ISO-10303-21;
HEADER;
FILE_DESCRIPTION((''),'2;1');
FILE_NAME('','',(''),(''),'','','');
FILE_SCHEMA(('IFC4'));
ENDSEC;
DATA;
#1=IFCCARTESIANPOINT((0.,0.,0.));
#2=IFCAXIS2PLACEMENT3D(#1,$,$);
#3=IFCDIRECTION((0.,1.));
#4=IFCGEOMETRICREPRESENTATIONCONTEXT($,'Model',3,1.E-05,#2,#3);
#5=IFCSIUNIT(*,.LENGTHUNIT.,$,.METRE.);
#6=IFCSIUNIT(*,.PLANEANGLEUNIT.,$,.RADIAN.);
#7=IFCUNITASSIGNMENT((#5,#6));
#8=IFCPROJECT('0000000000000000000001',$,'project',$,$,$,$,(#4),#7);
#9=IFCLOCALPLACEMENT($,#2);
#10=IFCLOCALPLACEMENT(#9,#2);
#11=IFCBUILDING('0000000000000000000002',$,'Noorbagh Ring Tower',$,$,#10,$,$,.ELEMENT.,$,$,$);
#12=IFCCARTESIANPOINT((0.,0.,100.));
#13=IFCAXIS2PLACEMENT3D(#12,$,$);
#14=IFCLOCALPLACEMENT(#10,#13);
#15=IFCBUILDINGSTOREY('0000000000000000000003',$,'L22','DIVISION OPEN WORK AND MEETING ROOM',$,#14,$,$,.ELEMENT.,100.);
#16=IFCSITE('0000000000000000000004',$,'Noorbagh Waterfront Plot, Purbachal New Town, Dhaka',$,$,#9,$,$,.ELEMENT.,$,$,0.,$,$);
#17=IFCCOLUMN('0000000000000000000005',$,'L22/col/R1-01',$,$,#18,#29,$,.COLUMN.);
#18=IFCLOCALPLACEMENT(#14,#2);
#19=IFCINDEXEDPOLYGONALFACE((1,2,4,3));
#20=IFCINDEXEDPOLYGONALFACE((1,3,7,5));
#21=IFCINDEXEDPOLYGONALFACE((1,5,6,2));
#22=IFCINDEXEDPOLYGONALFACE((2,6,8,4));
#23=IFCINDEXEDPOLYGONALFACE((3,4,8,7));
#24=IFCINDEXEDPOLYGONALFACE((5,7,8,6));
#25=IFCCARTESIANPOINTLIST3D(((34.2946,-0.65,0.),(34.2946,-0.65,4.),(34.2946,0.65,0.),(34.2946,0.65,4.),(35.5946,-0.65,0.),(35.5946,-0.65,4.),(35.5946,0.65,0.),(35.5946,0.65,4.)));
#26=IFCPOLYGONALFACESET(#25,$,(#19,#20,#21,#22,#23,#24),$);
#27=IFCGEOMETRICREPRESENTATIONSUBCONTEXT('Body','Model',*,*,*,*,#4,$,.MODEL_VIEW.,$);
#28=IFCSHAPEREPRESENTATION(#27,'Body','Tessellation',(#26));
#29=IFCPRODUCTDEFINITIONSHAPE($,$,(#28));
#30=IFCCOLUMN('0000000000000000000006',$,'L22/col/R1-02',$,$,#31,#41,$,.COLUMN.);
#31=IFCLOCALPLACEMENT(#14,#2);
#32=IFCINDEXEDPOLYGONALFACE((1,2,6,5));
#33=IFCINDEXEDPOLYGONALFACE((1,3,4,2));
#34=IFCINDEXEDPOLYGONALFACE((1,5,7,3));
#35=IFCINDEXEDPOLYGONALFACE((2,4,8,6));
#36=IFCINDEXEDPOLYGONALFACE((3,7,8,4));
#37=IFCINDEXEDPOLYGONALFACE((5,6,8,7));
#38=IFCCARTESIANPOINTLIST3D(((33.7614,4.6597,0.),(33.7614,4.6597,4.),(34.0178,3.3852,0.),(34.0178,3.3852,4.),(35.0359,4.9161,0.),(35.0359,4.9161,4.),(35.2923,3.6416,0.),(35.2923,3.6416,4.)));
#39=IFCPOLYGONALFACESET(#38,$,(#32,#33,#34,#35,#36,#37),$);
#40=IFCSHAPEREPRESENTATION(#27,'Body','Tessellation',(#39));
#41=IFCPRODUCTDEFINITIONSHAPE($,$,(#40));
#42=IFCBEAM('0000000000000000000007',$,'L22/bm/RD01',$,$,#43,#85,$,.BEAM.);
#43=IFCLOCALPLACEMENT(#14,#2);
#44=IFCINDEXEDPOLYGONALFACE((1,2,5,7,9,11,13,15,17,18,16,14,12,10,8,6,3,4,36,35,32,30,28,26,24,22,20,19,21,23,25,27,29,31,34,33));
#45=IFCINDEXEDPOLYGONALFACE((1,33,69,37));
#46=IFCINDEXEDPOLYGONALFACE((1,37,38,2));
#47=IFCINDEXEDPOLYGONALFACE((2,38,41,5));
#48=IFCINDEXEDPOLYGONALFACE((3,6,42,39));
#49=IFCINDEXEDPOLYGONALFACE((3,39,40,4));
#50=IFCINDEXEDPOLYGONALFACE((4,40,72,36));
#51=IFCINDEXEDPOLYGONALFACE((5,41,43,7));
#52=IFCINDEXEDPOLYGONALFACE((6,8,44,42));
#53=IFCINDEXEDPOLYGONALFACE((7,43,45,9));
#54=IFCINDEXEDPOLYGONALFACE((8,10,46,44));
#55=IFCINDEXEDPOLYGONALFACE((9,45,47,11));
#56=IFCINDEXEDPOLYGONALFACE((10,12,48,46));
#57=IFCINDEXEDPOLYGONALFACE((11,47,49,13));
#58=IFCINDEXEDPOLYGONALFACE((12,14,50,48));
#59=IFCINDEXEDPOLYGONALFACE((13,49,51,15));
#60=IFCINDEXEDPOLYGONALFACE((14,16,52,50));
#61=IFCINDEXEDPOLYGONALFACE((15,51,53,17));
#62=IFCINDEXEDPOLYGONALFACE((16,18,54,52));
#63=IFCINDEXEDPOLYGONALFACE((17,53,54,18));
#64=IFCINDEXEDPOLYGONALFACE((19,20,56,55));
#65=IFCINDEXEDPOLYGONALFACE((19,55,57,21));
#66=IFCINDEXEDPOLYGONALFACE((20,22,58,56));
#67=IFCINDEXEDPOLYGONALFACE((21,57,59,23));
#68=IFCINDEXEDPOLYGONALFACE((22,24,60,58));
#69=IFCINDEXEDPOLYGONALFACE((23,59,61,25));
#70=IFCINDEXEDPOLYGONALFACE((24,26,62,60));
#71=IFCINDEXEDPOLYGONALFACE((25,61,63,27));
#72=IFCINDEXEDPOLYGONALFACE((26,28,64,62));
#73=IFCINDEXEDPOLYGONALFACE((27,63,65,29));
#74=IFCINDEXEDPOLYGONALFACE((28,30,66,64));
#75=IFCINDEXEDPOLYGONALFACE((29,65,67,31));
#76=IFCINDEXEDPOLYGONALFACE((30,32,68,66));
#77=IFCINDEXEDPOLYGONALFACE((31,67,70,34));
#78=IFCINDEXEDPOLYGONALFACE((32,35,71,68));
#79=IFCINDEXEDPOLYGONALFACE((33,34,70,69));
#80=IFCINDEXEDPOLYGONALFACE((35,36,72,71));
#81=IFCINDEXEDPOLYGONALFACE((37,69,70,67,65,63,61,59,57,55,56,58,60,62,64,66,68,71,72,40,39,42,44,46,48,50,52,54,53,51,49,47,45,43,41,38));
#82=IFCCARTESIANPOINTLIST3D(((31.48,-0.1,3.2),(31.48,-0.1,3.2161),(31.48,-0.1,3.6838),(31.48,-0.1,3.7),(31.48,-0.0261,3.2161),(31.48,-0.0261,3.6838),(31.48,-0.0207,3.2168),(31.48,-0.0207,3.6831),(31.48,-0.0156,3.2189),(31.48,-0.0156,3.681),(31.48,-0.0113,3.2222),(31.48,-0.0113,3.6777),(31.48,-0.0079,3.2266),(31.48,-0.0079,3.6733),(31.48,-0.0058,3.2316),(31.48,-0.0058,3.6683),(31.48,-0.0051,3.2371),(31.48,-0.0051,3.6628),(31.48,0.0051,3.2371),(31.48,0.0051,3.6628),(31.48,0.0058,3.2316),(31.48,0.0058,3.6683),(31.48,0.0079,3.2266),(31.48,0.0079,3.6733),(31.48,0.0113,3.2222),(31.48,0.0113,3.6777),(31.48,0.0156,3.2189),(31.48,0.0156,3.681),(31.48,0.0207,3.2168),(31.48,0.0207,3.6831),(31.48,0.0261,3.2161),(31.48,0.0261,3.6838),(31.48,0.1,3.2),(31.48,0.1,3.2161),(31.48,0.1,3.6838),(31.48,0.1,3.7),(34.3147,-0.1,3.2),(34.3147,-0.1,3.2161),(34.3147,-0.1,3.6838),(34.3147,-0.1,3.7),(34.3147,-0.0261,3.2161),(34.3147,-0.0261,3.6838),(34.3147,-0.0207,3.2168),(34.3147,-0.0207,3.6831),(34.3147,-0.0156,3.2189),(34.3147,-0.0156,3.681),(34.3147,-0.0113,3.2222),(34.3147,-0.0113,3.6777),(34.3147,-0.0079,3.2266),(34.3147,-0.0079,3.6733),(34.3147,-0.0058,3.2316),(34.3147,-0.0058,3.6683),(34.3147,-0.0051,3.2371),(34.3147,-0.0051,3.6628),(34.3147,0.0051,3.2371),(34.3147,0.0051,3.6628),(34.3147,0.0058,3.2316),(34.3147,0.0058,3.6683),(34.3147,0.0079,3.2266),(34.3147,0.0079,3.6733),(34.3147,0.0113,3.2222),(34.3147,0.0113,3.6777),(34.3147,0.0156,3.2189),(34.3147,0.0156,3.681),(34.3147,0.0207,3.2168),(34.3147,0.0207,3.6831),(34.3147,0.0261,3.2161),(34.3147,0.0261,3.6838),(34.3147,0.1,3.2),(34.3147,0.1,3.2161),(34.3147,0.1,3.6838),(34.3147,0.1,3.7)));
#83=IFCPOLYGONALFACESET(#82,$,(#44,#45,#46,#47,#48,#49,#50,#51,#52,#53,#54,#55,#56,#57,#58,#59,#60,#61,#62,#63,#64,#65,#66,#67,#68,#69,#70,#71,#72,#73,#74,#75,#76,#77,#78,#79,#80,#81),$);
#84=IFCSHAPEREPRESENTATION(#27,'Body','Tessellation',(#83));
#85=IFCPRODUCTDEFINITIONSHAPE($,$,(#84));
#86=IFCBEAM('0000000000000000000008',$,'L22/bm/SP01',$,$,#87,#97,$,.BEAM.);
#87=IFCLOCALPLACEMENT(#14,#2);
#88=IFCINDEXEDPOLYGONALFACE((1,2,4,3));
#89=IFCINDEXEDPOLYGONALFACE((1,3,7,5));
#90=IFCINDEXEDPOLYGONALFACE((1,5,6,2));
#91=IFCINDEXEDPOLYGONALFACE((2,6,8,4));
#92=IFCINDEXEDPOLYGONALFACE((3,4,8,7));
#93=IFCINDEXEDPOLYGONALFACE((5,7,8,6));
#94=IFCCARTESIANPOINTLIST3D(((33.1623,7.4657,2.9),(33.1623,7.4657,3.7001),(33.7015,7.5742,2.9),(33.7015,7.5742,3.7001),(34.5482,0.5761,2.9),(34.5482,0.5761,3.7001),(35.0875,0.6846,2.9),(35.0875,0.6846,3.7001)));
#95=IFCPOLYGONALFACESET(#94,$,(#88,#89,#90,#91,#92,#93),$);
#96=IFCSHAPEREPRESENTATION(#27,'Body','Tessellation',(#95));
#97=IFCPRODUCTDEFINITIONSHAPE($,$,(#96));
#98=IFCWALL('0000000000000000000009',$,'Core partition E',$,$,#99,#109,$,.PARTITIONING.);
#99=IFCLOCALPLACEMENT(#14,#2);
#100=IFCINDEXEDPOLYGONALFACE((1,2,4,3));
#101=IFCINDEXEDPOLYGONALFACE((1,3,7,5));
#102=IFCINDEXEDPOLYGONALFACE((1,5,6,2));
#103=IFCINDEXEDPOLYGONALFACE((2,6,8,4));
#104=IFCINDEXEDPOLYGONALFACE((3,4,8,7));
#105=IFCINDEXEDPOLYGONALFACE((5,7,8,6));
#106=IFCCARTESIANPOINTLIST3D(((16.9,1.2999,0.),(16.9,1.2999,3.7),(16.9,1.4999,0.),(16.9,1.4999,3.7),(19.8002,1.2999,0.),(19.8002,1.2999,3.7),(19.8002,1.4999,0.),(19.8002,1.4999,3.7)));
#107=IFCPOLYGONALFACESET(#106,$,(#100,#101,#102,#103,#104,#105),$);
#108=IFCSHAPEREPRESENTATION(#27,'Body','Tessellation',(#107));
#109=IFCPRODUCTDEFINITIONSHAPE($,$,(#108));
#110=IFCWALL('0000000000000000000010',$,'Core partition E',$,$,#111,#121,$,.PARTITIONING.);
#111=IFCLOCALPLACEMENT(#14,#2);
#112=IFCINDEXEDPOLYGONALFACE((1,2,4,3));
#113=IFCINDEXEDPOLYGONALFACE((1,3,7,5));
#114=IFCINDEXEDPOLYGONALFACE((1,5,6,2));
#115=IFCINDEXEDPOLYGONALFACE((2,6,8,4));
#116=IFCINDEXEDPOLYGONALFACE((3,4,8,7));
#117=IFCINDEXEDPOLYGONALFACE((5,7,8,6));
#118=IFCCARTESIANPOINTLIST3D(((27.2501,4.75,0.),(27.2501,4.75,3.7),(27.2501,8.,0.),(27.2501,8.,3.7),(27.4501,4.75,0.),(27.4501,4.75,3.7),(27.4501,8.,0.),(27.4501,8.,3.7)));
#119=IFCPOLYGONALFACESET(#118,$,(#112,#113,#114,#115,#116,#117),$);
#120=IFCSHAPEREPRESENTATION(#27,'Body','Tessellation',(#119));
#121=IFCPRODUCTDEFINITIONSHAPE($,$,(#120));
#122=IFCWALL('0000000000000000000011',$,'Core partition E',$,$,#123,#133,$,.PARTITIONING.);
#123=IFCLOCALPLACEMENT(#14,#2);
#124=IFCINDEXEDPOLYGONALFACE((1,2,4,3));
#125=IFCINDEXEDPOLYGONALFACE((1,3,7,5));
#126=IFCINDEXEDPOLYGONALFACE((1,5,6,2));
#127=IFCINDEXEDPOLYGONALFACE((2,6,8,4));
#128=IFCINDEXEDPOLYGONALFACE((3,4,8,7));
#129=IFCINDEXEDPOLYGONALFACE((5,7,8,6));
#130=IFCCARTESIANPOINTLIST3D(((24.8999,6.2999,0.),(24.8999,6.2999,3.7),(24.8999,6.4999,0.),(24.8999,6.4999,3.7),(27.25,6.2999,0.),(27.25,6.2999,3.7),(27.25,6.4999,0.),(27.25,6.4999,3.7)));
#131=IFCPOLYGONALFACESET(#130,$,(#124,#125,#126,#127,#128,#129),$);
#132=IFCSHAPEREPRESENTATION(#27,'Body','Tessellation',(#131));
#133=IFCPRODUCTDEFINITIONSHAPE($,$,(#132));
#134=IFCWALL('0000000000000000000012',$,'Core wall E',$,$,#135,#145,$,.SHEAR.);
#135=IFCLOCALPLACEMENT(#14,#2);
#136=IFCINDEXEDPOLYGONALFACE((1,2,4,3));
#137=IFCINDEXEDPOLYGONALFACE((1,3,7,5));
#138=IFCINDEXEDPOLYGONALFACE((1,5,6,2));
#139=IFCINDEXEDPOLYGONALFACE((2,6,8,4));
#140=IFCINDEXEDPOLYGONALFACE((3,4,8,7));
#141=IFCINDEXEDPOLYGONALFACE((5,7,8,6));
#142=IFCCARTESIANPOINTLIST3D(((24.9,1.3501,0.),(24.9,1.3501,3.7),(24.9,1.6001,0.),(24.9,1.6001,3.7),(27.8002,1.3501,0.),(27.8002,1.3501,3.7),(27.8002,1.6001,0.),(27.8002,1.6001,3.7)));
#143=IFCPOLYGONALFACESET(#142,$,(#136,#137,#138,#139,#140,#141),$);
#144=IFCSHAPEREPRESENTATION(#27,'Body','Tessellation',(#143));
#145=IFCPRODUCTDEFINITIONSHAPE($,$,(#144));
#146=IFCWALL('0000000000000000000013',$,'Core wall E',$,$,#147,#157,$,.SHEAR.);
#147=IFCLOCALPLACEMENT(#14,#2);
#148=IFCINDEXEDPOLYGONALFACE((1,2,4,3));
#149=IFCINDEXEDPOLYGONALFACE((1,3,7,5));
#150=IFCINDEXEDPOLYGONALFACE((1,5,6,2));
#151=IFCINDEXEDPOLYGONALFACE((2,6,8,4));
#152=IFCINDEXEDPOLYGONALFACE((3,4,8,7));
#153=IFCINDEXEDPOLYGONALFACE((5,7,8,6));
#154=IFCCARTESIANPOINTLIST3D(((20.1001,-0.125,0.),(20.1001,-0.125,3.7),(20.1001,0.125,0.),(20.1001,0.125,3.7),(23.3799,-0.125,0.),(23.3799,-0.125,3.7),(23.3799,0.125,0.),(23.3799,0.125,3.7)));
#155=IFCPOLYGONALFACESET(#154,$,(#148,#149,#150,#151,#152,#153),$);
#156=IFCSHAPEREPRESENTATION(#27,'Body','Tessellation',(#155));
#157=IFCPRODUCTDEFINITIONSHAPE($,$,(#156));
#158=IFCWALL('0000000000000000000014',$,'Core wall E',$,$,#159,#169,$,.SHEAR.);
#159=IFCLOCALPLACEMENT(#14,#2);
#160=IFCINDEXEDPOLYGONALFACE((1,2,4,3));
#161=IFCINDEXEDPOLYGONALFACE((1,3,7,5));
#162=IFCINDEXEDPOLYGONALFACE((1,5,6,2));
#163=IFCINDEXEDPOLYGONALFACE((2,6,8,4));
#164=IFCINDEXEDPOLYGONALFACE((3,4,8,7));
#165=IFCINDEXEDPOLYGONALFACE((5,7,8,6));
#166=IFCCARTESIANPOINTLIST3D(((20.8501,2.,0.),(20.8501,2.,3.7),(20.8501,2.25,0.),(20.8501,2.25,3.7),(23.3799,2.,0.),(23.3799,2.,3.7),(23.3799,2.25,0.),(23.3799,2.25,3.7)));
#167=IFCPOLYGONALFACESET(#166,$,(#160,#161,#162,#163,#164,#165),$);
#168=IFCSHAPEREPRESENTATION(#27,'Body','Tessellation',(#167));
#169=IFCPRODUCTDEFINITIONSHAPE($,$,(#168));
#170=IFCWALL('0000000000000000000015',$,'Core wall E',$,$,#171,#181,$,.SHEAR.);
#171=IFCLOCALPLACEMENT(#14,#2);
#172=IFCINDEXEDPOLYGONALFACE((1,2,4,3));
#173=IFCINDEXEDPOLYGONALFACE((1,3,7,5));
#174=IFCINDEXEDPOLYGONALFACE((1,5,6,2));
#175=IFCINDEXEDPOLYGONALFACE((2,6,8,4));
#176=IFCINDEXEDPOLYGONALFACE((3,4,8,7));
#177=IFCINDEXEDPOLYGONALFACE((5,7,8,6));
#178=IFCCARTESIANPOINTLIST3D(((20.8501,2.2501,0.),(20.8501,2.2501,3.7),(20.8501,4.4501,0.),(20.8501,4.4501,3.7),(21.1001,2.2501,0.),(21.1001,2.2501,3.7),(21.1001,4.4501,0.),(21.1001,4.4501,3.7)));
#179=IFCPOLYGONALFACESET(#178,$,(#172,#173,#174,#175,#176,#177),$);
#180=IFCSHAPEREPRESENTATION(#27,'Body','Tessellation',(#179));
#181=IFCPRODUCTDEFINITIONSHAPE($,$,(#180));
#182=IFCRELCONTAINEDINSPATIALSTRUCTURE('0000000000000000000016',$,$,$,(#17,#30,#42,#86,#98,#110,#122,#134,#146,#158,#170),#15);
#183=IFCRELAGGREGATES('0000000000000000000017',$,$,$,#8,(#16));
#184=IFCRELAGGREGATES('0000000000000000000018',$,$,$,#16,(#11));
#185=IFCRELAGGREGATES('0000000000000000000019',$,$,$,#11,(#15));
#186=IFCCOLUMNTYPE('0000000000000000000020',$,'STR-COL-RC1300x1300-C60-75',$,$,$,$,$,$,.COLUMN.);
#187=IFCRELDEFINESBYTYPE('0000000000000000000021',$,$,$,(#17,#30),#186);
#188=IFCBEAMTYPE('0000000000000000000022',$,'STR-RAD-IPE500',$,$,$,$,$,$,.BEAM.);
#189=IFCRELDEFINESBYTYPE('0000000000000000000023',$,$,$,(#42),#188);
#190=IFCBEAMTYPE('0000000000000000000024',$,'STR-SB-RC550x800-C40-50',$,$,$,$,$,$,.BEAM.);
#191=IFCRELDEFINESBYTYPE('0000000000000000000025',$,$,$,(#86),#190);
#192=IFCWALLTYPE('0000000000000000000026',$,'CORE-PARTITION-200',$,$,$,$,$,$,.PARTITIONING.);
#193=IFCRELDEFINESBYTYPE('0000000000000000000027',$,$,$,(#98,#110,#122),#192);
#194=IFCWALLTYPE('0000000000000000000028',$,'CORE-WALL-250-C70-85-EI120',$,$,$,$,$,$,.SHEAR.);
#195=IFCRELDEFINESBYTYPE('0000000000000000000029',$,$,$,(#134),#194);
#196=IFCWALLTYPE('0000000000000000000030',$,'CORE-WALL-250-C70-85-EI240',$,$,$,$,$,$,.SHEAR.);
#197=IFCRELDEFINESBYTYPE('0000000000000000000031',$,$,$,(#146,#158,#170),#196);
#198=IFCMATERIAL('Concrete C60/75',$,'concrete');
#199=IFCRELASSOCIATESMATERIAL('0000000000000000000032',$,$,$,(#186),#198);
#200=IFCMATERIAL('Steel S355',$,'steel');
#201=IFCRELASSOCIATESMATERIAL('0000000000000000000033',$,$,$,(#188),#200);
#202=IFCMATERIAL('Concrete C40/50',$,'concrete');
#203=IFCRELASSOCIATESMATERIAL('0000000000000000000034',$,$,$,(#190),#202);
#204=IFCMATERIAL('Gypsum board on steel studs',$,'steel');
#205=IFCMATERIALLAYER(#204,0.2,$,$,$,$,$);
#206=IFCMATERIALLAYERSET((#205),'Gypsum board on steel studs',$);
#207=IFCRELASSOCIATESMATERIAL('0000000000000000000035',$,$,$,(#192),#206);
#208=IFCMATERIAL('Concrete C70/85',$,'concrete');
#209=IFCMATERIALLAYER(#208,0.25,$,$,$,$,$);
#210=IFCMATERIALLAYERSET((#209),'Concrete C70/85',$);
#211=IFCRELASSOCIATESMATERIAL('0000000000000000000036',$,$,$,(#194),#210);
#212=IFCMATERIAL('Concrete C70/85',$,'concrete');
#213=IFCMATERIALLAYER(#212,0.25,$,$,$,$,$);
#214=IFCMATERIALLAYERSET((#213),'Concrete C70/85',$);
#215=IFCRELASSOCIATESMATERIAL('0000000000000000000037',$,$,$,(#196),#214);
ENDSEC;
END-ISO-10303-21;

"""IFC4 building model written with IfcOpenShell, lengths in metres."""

from ifc_helpers import new_model, si_unit, direction, frame, frame_2d, origin, origin_2d, place, context, subcontext, project, spatial, rectangle, i_section, extrude, material, layer, layer_set, material_profile, profile_set, type_object, element, save


model = new_model("IFC4")

# Units and contexts
model_context = context("Model", 3, precision=1e-05, world=origin(), true_north=direction((0.0, 1.0)))
body_context = subcontext(model_context, "Body", "Model", "MODEL_VIEW")
ifc_project = project(units=[si_unit("LENGTHUNIT", "METRE"), si_unit("PLANEANGLEUNIT", "RADIAN")], contexts=[model_context])

# Site, building, storey
site_placement = place(None, origin())
site = spatial("IfcSite", under=ifc_project, at=site_placement, Name="Noorbagh Waterfront Plot, Purbachal New Town, Dhaka", CompositionType="ELEMENT", RefElevation=0.0)
building_placement = place(site_placement, origin())
building = spatial("IfcBuilding", under=site, at=building_placement, Name="Noorbagh Ring Tower", CompositionType="ELEMENT")
storey_placement = place(building_placement, frame((0.0, 0.0, 100.0)))
storey = spatial("IfcBuildingStorey", under=building, at=storey_placement, Name="L22", Description="DIVISION OPEN WORK AND MEETING ROOM", CompositionType="ELEMENT", Elevation=100.0)

# Columns
ifc_material_1 = material(Name="Concrete C60/75", Category="concrete")
ifc_material_profile_1 = material_profile(ifc_material_1, rectangle(XDim=1.3, YDim=1.3, at=origin_2d()), Name="RC1300x1300")
ifc_profile_set_1 = profile_set([ifc_material_profile_1], Name="Concrete C60/75")
column_type = type_object("IfcColumnType", Name="STR-COL-RC1300x1300-C60-75", PredefinedType="COLUMN", material=ifc_profile_set_1)
for number, where, z_axis, x_axis, name in (
    (1, (34.9446, 0.0, 0.0), (0.0, 0.0, 1.0), (0.0, 1.0, 0.0), "L22/col/R1-01"),
    (2, (34.5269, 4.1506, 0.0), (0.0, 0.0, 1.0), (-0.19723, 0.980357, 0.0), "L22/col/R1-02"),
):
    element("IfcColumn", number, at=place(storey_placement, frame(where, z_axis=z_axis, x_axis=x_axis)), inside=storey, type_object=column_type, Name=name, PredefinedType="COLUMN", context=body_context, shape_type="SweptSolid", body=[
        extrude(rectangle(XDim=1.3, YDim=1.3, at=origin_2d()), origin(), (0.0, 0.0, 1.0), 4.0),
    ])

# Beams
ifc_material_2 = material(Name="Steel S355", Category="steel")
ifc_material_profile_2 = material_profile(ifc_material_2, i_section(OverallWidth=0.2, OverallDepth=0.5, WebThickness=0.0103, FlangeThickness=0.0161, FilletRadius=0.021, at=origin_2d()), Name="IPE500")
ifc_profile_set_2 = profile_set([ifc_material_profile_2], Name="Steel S355")
beam_type_1 = type_object("IfcBeamType", Name="STR-RAD-IPE500", PredefinedType="BEAM", material=ifc_profile_set_2)
beam_1_placement = place(storey_placement, frame((34.3147, 0.0, 3.45), z_axis=(-1.0, 0.0, 0.0), x_axis=(0.0, -1.0, 0.0)))
element("IfcBeam", 3, at=beam_1_placement, inside=storey, type_object=beam_type_1, Name="L22/bm/RD01", PredefinedType="BEAM", context=body_context, shape_type="SweptSolid", body=[
    extrude(i_section(OverallWidth=0.2, OverallDepth=0.5, WebThickness=0.0103, FlangeThickness=0.0161, FilletRadius=0.021, at=origin_2d()), origin(), (0.0, 0.0, 1.0), 2.8347),
])
ifc_material_3 = material(Name="Concrete C40/50", Category="concrete")
ifc_material_profile_3 = material_profile(ifc_material_3, rectangle(XDim=0.55, YDim=0.8, at=origin_2d()), Name="RC550x800")
ifc_profile_set_3 = profile_set([ifc_material_profile_3], Name="Concrete C40/50")
beam_type_2 = type_object("IfcBeamType", Name="STR-SB-RC550x800-C40-50", PredefinedType="BEAM", material=ifc_profile_set_3)
beam_2_placement = place(storey_placement, frame((34.8179, 0.6304, 3.3), z_axis=(-0.197218, 0.98036, 0.0), x_axis=(-0.98036, -0.197218, 0.0)))
element("IfcBeam", 4, at=beam_2_placement, inside=storey, type_object=beam_type_2, Name="L22/bm/SP01", PredefinedType="BEAM", context=body_context, shape_type="SweptSolid", body=[
    extrude(rectangle(XDim=0.55, YDim=0.8, at=origin_2d()), origin(), (0.0, 0.0, 1.0), 7.0276),
])

# Walls
ifc_material_4 = material(Name="Gypsum board on steel studs", Category="steel")
ifc_layer_1 = layer(ifc_material_4, 0.2)
ifc_layer_set_1 = layer_set([ifc_layer_1], Name="Gypsum board on steel studs")
wall_type_1 = type_object("IfcWallType", Name="CORE-PARTITION-200", PredefinedType="PARTITIONING", material=ifc_layer_set_1)
wall_1_placement = place(storey_placement, frame((16.8999, 1.3999, 0.0), z_axis=(0.0, 0.0, 1.0), x_axis=(1.0, 0.0, 0.0)))
element("IfcWall", 5, at=wall_1_placement, inside=storey, type_object=wall_type_1, Name="Core partition E", PredefinedType="PARTITIONING", context=body_context, shape_type="SweptSolid", body=[
    extrude(rectangle(XDim=2.9001, YDim=0.2, at=frame_2d((1.4502, 0.0))), origin(), (0.0, 0.0, 1.0), 3.7),
])
wall_2_placement = place(storey_placement, frame((27.3501, 4.75, 0.0), z_axis=(0.0, 0.0, 1.0), x_axis=(0.0, 1.0, 0.0)))
element("IfcWall", 6, at=wall_2_placement, inside=storey, type_object=wall_type_1, Name="Core partition E", PredefinedType="PARTITIONING", context=body_context, shape_type="SweptSolid", body=[
    extrude(rectangle(XDim=3.25, YDim=0.2, at=frame_2d((1.625, 0.0))), origin(), (0.0, 0.0, 1.0), 3.7),
])
wall_3_placement = place(storey_placement, frame((24.8999, 6.3999, 0.0), z_axis=(0.0, 0.0, 1.0), x_axis=(1.0, 0.0, 0.0)))
element("IfcWall", 7, at=wall_3_placement, inside=storey, type_object=wall_type_1, Name="Core partition E", PredefinedType="PARTITIONING", context=body_context, shape_type="SweptSolid", body=[
    extrude(rectangle(XDim=2.3501, YDim=0.2, at=frame_2d((1.175, 0.0))), origin(), (0.0, 0.0, 1.0), 3.7),
])
ifc_material_5 = material(Name="Concrete C70/85", Category="concrete")
ifc_layer_2 = layer(ifc_material_5, 0.25)
ifc_layer_set_2 = layer_set([ifc_layer_2], Name="Concrete C70/85")
wall_type_2 = type_object("IfcWallType", Name="CORE-WALL-250-C70-85-EI120", PredefinedType="SHEAR", material=ifc_layer_set_2)
wall_4_placement = place(storey_placement, frame((24.8999, 1.4751, 0.0), z_axis=(0.0, 0.0, 1.0), x_axis=(1.0, 0.0, 0.0)))
element("IfcWall", 8, at=wall_4_placement, inside=storey, type_object=wall_type_2, Name="Core wall E", PredefinedType="SHEAR", context=body_context, shape_type="SweptSolid", body=[
    extrude(rectangle(XDim=2.9001, YDim=0.25, at=frame_2d((1.4502, 0.0))), origin(), (0.0, 0.0, 1.0), 3.7),
])
ifc_material_6 = material(Name="Concrete C70/85", Category="concrete")
ifc_layer_3 = layer(ifc_material_6, 0.25)
ifc_layer_set_3 = layer_set([ifc_layer_3], Name="Concrete C70/85")
wall_type_3 = type_object("IfcWallType", Name="CORE-WALL-250-C70-85-EI240", PredefinedType="SHEAR", material=ifc_layer_set_3)
wall_5_placement = place(storey_placement, frame((20.1001, 0.0, 0.0), z_axis=(0.0, 0.0, 1.0), x_axis=(1.0, 0.0, 0.0)))
element("IfcWall", 9, at=wall_5_placement, inside=storey, type_object=wall_type_3, Name="Core wall E", PredefinedType="SHEAR", context=body_context, shape_type="SweptSolid", body=[
    extrude(rectangle(XDim=3.2798, YDim=0.25, at=frame_2d((1.6399, 0.0))), origin(), (0.0, 0.0, 1.0), 3.7),
])
wall_6_placement = place(storey_placement, frame((20.8501, 2.125, 0.0), z_axis=(0.0, 0.0, 1.0), x_axis=(1.0, 0.0, 0.0)))
element("IfcWall", 10, at=wall_6_placement, inside=storey, type_object=wall_type_3, Name="Core wall E", PredefinedType="SHEAR", context=body_context, shape_type="SweptSolid", body=[
    extrude(rectangle(XDim=2.5298, YDim=0.25, at=frame_2d((1.2649, 0.0))), origin(), (0.0, 0.0, 1.0), 3.7),
])
wall_7_placement = place(storey_placement, frame((20.9751, 2.25, 0.0), z_axis=(0.0, 0.0, 1.0), x_axis=(0.0, 1.0, 0.0)))
element("IfcWall", 11, at=wall_7_placement, inside=storey, type_object=wall_type_3, Name="Core wall E", PredefinedType="SHEAR", context=body_context, shape_type="SweptSolid", body=[
    extrude(rectangle(XDim=2.2, YDim=0.25, at=frame_2d((1.1001, 0.0))), origin(), (0.0, 0.0, 1.0), 3.7),
])

save(model, "model.ifc")
